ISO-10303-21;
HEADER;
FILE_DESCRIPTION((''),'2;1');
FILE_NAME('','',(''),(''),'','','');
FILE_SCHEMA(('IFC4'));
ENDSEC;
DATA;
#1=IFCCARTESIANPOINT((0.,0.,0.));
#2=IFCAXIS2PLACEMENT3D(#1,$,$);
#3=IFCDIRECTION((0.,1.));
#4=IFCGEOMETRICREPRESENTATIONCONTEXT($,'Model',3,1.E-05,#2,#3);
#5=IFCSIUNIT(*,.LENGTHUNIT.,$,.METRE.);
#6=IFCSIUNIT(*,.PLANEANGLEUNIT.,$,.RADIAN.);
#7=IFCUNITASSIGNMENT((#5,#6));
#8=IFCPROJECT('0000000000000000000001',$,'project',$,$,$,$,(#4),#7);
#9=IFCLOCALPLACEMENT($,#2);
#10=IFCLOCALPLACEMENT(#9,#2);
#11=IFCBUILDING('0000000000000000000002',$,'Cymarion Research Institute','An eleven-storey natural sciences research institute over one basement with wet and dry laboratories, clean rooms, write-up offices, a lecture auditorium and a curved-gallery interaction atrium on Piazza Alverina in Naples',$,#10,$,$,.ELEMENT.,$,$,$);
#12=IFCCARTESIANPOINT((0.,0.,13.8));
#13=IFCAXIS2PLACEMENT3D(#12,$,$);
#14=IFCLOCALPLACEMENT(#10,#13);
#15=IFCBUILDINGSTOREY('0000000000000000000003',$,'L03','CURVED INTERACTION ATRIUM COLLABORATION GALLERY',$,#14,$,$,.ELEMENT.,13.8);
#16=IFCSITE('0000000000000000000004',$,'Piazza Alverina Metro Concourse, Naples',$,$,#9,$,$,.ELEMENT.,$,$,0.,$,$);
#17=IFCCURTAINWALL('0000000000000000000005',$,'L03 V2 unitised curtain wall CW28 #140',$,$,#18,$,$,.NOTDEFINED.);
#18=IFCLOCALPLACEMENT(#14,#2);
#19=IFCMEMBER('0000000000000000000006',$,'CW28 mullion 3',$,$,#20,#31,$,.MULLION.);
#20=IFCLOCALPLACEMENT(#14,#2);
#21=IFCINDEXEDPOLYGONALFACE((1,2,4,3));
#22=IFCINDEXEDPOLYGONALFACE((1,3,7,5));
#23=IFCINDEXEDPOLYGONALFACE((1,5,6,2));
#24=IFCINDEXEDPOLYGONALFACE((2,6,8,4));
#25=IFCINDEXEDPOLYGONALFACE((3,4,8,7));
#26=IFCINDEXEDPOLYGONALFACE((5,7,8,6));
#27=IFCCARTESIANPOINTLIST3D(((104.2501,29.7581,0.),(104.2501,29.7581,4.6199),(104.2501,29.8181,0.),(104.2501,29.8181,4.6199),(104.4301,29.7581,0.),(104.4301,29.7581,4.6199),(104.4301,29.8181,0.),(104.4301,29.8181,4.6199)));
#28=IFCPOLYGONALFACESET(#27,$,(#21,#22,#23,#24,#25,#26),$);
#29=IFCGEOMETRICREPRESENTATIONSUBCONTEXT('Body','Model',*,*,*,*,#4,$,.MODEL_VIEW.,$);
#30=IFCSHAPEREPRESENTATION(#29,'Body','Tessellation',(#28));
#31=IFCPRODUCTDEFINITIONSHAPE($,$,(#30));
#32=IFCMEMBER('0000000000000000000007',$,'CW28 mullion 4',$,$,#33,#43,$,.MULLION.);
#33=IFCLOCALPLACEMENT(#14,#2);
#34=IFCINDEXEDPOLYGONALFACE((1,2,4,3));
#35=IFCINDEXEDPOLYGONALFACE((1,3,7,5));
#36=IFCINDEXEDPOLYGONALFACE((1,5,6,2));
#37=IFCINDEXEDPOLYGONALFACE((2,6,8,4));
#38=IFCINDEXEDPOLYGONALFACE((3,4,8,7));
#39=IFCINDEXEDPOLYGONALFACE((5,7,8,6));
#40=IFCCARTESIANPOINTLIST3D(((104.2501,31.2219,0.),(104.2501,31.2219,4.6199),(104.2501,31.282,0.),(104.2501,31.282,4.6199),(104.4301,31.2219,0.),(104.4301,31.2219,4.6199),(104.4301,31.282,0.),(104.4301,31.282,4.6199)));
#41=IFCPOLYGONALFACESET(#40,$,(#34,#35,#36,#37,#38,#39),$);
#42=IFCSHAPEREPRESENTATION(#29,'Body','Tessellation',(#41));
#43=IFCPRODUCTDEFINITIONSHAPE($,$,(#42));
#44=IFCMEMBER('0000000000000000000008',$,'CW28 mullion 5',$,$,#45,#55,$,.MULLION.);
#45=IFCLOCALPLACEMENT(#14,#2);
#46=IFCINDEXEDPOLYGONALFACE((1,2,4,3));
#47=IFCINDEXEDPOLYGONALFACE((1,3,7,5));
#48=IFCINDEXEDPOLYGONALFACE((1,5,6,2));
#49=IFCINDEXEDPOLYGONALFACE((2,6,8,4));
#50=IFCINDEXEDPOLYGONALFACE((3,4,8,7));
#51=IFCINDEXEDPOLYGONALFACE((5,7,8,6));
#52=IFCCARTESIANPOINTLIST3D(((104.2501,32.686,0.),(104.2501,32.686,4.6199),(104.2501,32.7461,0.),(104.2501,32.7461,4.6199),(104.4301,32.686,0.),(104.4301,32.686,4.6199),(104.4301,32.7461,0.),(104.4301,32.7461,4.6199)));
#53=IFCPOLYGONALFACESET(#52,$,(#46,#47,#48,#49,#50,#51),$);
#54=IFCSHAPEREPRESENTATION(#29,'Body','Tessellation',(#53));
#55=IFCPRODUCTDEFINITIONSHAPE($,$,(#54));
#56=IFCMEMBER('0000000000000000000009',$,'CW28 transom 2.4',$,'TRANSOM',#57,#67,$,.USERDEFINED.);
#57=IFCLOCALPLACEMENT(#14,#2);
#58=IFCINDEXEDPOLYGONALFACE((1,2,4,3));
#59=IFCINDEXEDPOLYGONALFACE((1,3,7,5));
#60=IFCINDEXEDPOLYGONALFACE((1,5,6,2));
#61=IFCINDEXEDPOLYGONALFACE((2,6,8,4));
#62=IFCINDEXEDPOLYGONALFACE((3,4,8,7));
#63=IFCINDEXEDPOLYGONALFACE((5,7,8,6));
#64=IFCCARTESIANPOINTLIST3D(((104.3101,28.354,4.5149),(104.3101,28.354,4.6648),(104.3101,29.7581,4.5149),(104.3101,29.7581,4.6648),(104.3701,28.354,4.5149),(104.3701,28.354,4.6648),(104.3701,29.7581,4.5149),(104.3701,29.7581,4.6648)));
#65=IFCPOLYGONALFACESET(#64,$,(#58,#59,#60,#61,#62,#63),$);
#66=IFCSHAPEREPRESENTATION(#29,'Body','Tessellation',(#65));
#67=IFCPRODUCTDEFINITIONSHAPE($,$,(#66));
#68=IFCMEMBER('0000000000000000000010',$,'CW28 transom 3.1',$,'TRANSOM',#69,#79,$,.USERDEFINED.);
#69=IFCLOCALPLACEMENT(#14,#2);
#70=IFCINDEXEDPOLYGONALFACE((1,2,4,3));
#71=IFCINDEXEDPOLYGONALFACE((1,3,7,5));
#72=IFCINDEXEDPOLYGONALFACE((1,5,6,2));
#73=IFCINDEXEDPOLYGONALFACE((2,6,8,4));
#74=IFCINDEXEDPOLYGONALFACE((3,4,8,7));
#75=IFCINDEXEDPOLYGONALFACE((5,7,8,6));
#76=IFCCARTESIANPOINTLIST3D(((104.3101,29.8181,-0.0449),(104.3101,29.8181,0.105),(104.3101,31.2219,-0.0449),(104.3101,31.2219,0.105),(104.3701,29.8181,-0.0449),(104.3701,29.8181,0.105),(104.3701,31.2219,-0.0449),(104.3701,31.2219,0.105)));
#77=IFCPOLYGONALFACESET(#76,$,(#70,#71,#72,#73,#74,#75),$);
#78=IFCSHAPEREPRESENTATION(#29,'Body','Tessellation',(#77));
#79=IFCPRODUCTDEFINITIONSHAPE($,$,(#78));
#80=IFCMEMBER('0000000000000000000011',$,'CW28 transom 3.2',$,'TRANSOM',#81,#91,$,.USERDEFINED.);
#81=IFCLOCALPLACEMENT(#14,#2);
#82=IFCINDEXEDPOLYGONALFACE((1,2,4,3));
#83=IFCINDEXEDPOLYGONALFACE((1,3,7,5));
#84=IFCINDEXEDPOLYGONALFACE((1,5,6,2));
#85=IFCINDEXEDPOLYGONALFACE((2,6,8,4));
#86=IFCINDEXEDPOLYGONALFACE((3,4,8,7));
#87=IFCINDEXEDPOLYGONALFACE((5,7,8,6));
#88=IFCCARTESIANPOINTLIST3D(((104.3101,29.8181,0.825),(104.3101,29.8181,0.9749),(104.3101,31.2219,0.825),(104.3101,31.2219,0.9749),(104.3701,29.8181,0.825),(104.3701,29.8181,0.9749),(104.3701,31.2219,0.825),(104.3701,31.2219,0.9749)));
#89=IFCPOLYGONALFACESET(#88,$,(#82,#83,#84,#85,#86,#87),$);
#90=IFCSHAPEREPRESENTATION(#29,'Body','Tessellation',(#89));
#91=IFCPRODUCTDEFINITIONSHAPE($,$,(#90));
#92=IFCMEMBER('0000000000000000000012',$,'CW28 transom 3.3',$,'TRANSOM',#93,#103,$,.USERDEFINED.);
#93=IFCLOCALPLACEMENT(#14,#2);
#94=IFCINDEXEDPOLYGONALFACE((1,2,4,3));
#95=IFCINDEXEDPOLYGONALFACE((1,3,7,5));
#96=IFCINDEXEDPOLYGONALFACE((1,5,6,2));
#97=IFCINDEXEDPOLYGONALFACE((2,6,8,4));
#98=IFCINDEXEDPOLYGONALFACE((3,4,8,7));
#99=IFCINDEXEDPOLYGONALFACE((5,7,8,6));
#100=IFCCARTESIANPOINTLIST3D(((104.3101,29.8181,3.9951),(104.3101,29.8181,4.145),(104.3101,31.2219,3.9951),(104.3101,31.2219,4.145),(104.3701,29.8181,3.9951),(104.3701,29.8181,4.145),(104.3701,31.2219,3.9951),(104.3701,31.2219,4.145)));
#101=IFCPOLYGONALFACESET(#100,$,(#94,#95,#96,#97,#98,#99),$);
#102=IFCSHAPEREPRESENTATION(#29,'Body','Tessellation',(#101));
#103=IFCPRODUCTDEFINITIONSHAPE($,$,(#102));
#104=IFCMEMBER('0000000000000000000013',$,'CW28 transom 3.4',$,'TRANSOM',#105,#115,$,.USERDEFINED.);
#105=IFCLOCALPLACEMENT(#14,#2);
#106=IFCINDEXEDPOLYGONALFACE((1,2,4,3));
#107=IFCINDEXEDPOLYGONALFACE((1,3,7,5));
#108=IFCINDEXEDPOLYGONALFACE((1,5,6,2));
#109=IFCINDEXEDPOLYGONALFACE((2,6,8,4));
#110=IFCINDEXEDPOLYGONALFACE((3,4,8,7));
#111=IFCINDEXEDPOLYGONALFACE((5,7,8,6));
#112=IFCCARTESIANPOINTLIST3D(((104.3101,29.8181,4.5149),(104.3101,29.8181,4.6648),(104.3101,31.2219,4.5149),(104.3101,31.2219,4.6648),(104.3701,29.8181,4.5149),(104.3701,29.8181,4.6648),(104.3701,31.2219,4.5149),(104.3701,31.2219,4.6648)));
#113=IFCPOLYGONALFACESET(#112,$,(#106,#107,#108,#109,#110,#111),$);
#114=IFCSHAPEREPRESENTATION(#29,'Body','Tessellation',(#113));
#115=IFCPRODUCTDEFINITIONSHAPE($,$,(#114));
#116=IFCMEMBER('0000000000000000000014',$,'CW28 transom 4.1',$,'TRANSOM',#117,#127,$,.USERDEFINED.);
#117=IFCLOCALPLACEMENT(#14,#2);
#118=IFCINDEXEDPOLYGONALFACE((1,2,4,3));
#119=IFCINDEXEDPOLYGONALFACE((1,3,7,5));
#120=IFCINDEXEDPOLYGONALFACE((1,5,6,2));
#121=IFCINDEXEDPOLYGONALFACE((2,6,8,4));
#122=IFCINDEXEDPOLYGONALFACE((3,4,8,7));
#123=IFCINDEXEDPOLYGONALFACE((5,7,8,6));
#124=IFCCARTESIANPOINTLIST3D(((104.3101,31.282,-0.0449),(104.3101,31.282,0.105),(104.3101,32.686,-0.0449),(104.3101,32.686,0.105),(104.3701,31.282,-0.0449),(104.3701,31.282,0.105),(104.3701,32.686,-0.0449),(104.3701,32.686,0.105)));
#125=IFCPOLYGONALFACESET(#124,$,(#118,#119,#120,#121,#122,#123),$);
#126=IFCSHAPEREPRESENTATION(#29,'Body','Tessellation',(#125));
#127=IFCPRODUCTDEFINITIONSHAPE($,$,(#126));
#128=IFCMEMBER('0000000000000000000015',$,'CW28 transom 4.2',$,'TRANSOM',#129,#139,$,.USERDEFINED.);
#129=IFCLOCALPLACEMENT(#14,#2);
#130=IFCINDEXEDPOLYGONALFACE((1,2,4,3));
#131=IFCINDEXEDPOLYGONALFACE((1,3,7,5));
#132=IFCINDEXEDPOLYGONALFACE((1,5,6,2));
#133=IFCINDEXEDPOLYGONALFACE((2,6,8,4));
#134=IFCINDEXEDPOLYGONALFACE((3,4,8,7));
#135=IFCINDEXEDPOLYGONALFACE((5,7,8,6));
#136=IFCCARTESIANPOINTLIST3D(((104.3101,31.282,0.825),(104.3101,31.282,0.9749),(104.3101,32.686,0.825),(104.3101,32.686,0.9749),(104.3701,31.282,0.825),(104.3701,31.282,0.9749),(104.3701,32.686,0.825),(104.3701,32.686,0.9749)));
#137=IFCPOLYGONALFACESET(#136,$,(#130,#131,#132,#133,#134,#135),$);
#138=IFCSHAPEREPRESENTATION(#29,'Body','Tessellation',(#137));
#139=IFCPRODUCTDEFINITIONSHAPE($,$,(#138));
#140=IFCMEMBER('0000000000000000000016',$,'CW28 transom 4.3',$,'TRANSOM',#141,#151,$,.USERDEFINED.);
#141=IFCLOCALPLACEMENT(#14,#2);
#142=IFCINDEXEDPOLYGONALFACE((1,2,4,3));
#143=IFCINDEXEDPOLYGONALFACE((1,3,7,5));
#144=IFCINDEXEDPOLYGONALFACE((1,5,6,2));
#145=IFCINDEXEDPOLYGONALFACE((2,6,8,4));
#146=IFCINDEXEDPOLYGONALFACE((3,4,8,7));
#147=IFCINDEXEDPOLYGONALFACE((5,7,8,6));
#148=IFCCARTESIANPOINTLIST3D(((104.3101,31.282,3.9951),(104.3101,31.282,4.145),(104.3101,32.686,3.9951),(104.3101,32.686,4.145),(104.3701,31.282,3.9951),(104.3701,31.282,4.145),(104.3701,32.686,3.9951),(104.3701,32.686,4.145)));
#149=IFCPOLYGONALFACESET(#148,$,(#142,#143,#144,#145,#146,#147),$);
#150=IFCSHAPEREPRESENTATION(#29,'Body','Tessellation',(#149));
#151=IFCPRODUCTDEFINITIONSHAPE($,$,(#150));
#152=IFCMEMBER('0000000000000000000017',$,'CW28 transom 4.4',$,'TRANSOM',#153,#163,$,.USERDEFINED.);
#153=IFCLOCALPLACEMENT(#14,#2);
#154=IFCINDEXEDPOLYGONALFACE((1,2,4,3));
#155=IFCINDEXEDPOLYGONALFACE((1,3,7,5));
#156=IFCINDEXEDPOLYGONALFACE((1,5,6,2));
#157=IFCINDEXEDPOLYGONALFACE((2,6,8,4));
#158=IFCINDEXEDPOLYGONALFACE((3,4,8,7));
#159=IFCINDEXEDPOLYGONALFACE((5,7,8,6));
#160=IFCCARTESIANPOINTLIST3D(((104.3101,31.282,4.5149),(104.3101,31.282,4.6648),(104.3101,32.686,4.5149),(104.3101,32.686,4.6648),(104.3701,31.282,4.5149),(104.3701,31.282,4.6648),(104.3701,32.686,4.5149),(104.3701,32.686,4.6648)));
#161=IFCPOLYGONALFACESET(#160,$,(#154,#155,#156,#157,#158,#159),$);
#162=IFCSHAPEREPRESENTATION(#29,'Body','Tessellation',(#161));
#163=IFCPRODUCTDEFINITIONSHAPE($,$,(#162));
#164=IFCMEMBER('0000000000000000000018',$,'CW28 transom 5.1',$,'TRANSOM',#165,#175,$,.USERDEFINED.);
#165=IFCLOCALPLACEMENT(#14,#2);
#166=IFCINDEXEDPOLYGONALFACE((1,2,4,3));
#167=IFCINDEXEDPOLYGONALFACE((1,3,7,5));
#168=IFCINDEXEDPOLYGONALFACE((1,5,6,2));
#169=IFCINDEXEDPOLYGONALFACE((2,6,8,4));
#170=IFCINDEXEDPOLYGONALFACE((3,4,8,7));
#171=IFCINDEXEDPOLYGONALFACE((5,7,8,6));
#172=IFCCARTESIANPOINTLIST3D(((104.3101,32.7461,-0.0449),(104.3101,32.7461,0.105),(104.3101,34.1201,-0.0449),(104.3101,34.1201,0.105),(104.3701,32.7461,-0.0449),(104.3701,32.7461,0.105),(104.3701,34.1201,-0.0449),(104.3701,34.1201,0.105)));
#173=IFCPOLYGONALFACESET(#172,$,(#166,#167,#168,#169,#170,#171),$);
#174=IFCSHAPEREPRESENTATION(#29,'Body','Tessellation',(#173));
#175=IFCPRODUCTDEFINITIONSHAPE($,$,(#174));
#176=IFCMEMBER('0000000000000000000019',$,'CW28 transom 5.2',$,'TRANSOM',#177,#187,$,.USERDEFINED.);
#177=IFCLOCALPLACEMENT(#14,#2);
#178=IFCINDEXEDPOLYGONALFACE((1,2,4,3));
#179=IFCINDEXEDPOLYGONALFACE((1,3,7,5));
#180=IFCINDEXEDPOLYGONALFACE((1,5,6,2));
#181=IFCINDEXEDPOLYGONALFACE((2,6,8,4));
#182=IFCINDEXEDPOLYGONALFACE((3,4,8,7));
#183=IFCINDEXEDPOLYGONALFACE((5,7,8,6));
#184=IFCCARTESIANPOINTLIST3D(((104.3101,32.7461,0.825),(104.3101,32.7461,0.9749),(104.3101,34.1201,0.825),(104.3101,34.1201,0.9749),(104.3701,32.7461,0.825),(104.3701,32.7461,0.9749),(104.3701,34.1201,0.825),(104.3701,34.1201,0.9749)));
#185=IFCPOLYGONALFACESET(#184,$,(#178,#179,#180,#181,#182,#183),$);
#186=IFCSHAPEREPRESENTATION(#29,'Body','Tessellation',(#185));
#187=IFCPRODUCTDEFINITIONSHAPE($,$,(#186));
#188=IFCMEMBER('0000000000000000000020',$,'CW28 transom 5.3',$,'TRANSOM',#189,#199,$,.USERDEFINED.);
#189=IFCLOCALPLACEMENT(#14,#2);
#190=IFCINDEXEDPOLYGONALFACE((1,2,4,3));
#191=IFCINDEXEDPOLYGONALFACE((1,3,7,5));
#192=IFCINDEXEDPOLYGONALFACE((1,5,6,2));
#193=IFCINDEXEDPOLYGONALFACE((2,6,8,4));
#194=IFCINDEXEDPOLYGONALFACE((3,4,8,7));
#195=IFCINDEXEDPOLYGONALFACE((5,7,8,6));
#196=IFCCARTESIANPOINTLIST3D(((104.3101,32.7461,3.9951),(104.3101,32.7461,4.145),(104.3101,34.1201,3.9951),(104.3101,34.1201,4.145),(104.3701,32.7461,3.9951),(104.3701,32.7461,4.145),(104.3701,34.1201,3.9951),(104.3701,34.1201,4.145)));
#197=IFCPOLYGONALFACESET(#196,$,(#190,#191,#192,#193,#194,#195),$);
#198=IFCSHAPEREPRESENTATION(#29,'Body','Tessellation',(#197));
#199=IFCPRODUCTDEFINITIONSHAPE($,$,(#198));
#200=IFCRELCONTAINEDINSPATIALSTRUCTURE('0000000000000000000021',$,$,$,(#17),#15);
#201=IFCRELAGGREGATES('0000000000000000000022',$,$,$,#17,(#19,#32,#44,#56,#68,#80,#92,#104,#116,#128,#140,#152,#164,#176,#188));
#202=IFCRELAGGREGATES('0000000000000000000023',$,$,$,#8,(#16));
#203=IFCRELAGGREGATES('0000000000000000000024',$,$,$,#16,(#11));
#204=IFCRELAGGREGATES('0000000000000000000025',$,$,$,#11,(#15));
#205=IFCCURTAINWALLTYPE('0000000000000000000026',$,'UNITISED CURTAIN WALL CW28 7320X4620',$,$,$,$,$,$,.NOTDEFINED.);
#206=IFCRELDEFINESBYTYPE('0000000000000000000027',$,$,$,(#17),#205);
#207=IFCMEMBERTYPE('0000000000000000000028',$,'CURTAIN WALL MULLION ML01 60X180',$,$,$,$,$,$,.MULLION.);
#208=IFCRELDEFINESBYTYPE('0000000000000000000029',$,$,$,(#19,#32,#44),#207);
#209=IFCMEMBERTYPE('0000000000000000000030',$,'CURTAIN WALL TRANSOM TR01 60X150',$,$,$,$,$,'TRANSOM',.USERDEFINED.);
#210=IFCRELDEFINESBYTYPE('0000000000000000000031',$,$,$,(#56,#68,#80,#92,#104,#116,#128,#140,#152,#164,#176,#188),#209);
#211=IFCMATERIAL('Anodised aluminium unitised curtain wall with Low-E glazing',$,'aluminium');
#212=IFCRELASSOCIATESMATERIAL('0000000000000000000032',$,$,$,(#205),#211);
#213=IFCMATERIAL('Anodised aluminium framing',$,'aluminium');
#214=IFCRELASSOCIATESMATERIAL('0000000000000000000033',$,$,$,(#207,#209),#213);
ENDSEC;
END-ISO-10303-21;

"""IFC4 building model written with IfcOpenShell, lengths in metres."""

from ifc_helpers import new_model, si_unit, direction, frame, origin, origin_2d, place, context, subcontext, project, spatial, rectangle, extrude, material, material_profile, profile_set, type_object, element, aggregate, save


model = new_model("IFC4")

# Units and contexts
model_context = context("Model", 3, precision=1e-05, world=origin(), true_north=direction((0.0, 1.0)))
body_context = subcontext(model_context, "Body", "Model", "MODEL_VIEW")
ifc_project = project(units=[si_unit("LENGTHUNIT", "METRE"), si_unit("PLANEANGLEUNIT", "RADIAN")], contexts=[model_context])

# Site, building, storey
site_placement = place(None, origin())
site = spatial("IfcSite", under=ifc_project, at=site_placement, Name="Piazza Alverina Metro Concourse, Naples", CompositionType="ELEMENT", RefElevation=0.0)
building_placement = place(site_placement, origin())
building = spatial("IfcBuilding", under=site, at=building_placement, Name="Cymarion Research Institute", Description="An eleven-storey natural sciences research institute over one basement with wet and dry laboratories, clean rooms, write-up offices, a lecture auditorium and a curved-gallery interaction atrium on Piazza Alverina in Naples", CompositionType="ELEMENT")
storey_placement = place(building_placement, frame((0.0, 0.0, 13.8)))
storey = spatial("IfcBuildingStorey", under=building, at=storey_placement, Name="L03", Description="CURVED INTERACTION ATRIUM COLLABORATION GALLERY", CompositionType="ELEMENT", Elevation=13.8)

# Curtain wall, members
ifc_material_1 = material(Name="Anodised aluminium unitised curtain wall with Low-E glazing", Category="aluminium")
curtain_wall_type = type_object("IfcCurtainWallType", Name="UNITISED CURTAIN WALL CW28 7320X4620", PredefinedType="NOTDEFINED", material=ifc_material_1)
curtain_wall_placement = place(storey_placement, origin())
curtain_wall = element("IfcCurtainWall", 1, at=curtain_wall_placement, inside=storey, type_object=curtain_wall_type, Name="L03 V2 unitised curtain wall CW28 #140", PredefinedType="NOTDEFINED")
ifc_material_2 = material(Name="Anodised aluminium framing", Category="aluminium")
ifc_material_profile_1 = material_profile(ifc_material_2, rectangle(XDim=0.0601, YDim=0.1799, at=origin_2d()), Name="ALU MULLION 60x180")
ifc_profile_set_1 = profile_set([ifc_material_profile_1], Name="Anodised aluminium framing")
member_type_1 = type_object("IfcMemberType", Name="CURTAIN WALL MULLION ML01 60X180", PredefinedType="MULLION", material=ifc_profile_set_1)
member_1_placement = place(storey_placement, frame((104.3401, 29.7881, 0.0), z_axis=(0.0, 0.0, 1.0), x_axis=(0.0, 1.0, 0.0)))
member_1 = element("IfcMember", 2, at=member_1_placement, type_object=member_type_1, Name="CW28 mullion 3", PredefinedType="MULLION", context=body_context, shape_type="SweptSolid", body=[
    extrude(rectangle(XDim=0.0601, YDim=0.1799, at=origin_2d()), origin(), (0.0, 0.0, 1.0), 4.6199),
])
member_2_placement = place(storey_placement, frame((104.3401, 31.252, 0.0), z_axis=(0.0, 0.0, 1.0), x_axis=(0.0, 1.0, 0.0)))
member_2 = element("IfcMember", 3, at=member_2_placement, type_object=member_type_1, Name="CW28 mullion 4", PredefinedType="MULLION", context=body_context, shape_type="SweptSolid", body=[
    extrude(rectangle(XDim=0.0601, YDim=0.1799, at=origin_2d()), origin(), (0.0, 0.0, 1.0), 4.6199),
])
member_3_placement = place(storey_placement, frame((104.3401, 32.7161, 0.0), z_axis=(0.0, 0.0, 1.0), x_axis=(0.0, 1.0, 0.0)))
member_3 = element("IfcMember", 4, at=member_3_placement, type_object=member_type_1, Name="CW28 mullion 5", PredefinedType="MULLION", context=body_context, shape_type="SweptSolid", body=[
    extrude(rectangle(XDim=0.0601, YDim=0.1799, at=origin_2d()), origin(), (0.0, 0.0, 1.0), 4.6199),
])
ifc_material_profile_2 = material_profile(ifc_material_2, rectangle(XDim=0.0601, YDim=0.1499, at=origin_2d()), Name="ALU TRANSOM 60x150")
ifc_profile_set_2 = profile_set([ifc_material_profile_2], Name="Anodised aluminium framing")
member_type_2 = type_object("IfcMemberType", Name="CURTAIN WALL TRANSOM TR01 60X150", ElementType="TRANSOM", PredefinedType="USERDEFINED", material=ifc_profile_set_2)
member_4_placement = place(storey_placement, frame((104.3401, 28.354, 4.5898), z_axis=(0.0, 1.0, 0.0), x_axis=(-1.0, 0.0, 0.0)))
member_4 = element("IfcMember", 5, at=member_4_placement, type_object=member_type_2, Name="CW28 transom 2.4", ObjectType="TRANSOM", PredefinedType="USERDEFINED", context=body_context, shape_type="SweptSolid", body=[
    extrude(rectangle(XDim=0.0601, YDim=0.1499, at=origin_2d()), origin(), (0.0, 0.0, 1.0), 1.4041),
])
member_5_placement = place(storey_placement, frame((104.3401, 29.8181, 0.03), z_axis=(0.0, 1.0, 0.0), x_axis=(-1.0, 0.0, 0.0)))
member_5 = element("IfcMember", 6, at=member_5_placement, type_object=member_type_2, Name="CW28 transom 3.1", ObjectType="TRANSOM", PredefinedType="USERDEFINED", context=body_context, shape_type="SweptSolid", body=[
    extrude(rectangle(XDim=0.0601, YDim=0.1499, at=origin_2d()), origin(), (0.0, 0.0, 1.0), 1.4038),
])
member_6_placement = place(storey_placement, frame((104.3401, 29.8181, 0.8999), z_axis=(0.0, 1.0, 0.0), x_axis=(-1.0, 0.0, 0.0)))
member_6 = element("IfcMember", 7, at=member_6_placement, type_object=member_type_2, Name="CW28 transom 3.2", ObjectType="TRANSOM", PredefinedType="USERDEFINED", context=body_context, shape_type="SweptSolid", body=[
    extrude(rectangle(XDim=0.0601, YDim=0.1499, at=origin_2d()), origin(), (0.0, 0.0, 1.0), 1.4038),
])
member_7_placement = place(storey_placement, frame((104.3401, 29.8181, 4.0701), z_axis=(0.0, 1.0, 0.0), x_axis=(-1.0, 0.0, 0.0)))
member_7 = element("IfcMember", 8, at=member_7_placement, type_object=member_type_2, Name="CW28 transom 3.3", ObjectType="TRANSOM", PredefinedType="USERDEFINED", context=body_context, shape_type="SweptSolid", body=[
    extrude(rectangle(XDim=0.0601, YDim=0.1499, at=origin_2d()), origin(), (0.0, 0.0, 1.0), 1.4038),
])
member_8_placement = place(storey_placement, frame((104.3401, 29.8181, 4.5898), z_axis=(0.0, 1.0, 0.0), x_axis=(-1.0, 0.0, 0.0)))
member_8 = element("IfcMember", 9, at=member_8_placement, type_object=member_type_2, Name="CW28 transom 3.4", ObjectType="TRANSOM", PredefinedType="USERDEFINED", context=body_context, shape_type="SweptSolid", body=[
    extrude(rectangle(XDim=0.0601, YDim=0.1499, at=origin_2d()), origin(), (0.0, 0.0, 1.0), 1.4038),
])
member_9_placement = place(storey_placement, frame((104.3401, 31.282, 0.03), z_axis=(0.0, 1.0, 0.0), x_axis=(-1.0, 0.0, 0.0)))
member_9 = element("IfcMember", 10, at=member_9_placement, type_object=member_type_2, Name="CW28 transom 4.1", ObjectType="TRANSOM", PredefinedType="USERDEFINED", context=body_context, shape_type="SweptSolid", body=[
    extrude(rectangle(XDim=0.0601, YDim=0.1499, at=origin_2d()), origin(), (0.0, 0.0, 1.0), 1.4041),
])
member_10_placement = place(storey_placement, frame((104.3401, 31.282, 0.8999), z_axis=(0.0, 1.0, 0.0), x_axis=(-1.0, 0.0, 0.0)))
member_10 = element("IfcMember", 11, at=member_10_placement, type_object=member_type_2, Name="CW28 transom 4.2", ObjectType="TRANSOM", PredefinedType="USERDEFINED", context=body_context, shape_type="SweptSolid", body=[
    extrude(rectangle(XDim=0.0601, YDim=0.1499, at=origin_2d()), origin(), (0.0, 0.0, 1.0), 1.4041),
])
member_11_placement = place(storey_placement, frame((104.3401, 31.282, 4.0701), z_axis=(0.0, 1.0, 0.0), x_axis=(-1.0, 0.0, 0.0)))
member_11 = element("IfcMember", 12, at=member_11_placement, type_object=member_type_2, Name="CW28 transom 4.3", ObjectType="TRANSOM", PredefinedType="USERDEFINED", context=body_context, shape_type="SweptSolid", body=[
    extrude(rectangle(XDim=0.0601, YDim=0.1499, at=origin_2d()), origin(), (0.0, 0.0, 1.0), 1.4041),
])
member_12_placement = place(storey_placement, frame((104.3401, 31.282, 4.5898), z_axis=(0.0, 1.0, 0.0), x_axis=(-1.0, 0.0, 0.0)))
member_12 = element("IfcMember", 13, at=member_12_placement, type_object=member_type_2, Name="CW28 transom 4.4", ObjectType="TRANSOM", PredefinedType="USERDEFINED", context=body_context, shape_type="SweptSolid", body=[
    extrude(rectangle(XDim=0.0601, YDim=0.1499, at=origin_2d()), origin(), (0.0, 0.0, 1.0), 1.4041),
])
member_13_placement = place(storey_placement, frame((104.3401, 32.7461, 0.03), z_axis=(0.0, 1.0, 0.0), x_axis=(-1.0, 0.0, 0.0)))
member_13 = element("IfcMember", 14, at=member_13_placement, type_object=member_type_2, Name="CW28 transom 5.1", ObjectType="TRANSOM", PredefinedType="USERDEFINED", context=body_context, shape_type="SweptSolid", body=[
    extrude(rectangle(XDim=0.0601, YDim=0.1499, at=origin_2d()), origin(), (0.0, 0.0, 1.0), 1.374),
])
member_14_placement = place(storey_placement, frame((104.3401, 32.7461, 0.8999), z_axis=(0.0, 1.0, 0.0), x_axis=(-1.0, 0.0, 0.0)))
member_14 = element("IfcMember", 15, at=member_14_placement, type_object=member_type_2, Name="CW28 transom 5.2", ObjectType="TRANSOM", PredefinedType="USERDEFINED", context=body_context, shape_type="SweptSolid", body=[
    extrude(rectangle(XDim=0.0601, YDim=0.1499, at=origin_2d()), origin(), (0.0, 0.0, 1.0), 1.374),
])
member_15_placement = place(storey_placement, frame((104.3401, 32.7461, 4.0701), z_axis=(0.0, 1.0, 0.0), x_axis=(-1.0, 0.0, 0.0)))
member_15 = element("IfcMember", 16, at=member_15_placement, type_object=member_type_2, Name="CW28 transom 5.3", ObjectType="TRANSOM", PredefinedType="USERDEFINED", context=body_context, shape_type="SweptSolid", body=[
    extrude(rectangle(XDim=0.0601, YDim=0.1499, at=origin_2d()), origin(), (0.0, 0.0, 1.0), 1.374),
])
aggregate(curtain_wall, [member_1, member_2, member_3, member_4, member_5, member_6, member_7, member_8, member_9, member_10, member_11, member_12, member_13, member_14, member_15])

save(model, "model.ifc")
